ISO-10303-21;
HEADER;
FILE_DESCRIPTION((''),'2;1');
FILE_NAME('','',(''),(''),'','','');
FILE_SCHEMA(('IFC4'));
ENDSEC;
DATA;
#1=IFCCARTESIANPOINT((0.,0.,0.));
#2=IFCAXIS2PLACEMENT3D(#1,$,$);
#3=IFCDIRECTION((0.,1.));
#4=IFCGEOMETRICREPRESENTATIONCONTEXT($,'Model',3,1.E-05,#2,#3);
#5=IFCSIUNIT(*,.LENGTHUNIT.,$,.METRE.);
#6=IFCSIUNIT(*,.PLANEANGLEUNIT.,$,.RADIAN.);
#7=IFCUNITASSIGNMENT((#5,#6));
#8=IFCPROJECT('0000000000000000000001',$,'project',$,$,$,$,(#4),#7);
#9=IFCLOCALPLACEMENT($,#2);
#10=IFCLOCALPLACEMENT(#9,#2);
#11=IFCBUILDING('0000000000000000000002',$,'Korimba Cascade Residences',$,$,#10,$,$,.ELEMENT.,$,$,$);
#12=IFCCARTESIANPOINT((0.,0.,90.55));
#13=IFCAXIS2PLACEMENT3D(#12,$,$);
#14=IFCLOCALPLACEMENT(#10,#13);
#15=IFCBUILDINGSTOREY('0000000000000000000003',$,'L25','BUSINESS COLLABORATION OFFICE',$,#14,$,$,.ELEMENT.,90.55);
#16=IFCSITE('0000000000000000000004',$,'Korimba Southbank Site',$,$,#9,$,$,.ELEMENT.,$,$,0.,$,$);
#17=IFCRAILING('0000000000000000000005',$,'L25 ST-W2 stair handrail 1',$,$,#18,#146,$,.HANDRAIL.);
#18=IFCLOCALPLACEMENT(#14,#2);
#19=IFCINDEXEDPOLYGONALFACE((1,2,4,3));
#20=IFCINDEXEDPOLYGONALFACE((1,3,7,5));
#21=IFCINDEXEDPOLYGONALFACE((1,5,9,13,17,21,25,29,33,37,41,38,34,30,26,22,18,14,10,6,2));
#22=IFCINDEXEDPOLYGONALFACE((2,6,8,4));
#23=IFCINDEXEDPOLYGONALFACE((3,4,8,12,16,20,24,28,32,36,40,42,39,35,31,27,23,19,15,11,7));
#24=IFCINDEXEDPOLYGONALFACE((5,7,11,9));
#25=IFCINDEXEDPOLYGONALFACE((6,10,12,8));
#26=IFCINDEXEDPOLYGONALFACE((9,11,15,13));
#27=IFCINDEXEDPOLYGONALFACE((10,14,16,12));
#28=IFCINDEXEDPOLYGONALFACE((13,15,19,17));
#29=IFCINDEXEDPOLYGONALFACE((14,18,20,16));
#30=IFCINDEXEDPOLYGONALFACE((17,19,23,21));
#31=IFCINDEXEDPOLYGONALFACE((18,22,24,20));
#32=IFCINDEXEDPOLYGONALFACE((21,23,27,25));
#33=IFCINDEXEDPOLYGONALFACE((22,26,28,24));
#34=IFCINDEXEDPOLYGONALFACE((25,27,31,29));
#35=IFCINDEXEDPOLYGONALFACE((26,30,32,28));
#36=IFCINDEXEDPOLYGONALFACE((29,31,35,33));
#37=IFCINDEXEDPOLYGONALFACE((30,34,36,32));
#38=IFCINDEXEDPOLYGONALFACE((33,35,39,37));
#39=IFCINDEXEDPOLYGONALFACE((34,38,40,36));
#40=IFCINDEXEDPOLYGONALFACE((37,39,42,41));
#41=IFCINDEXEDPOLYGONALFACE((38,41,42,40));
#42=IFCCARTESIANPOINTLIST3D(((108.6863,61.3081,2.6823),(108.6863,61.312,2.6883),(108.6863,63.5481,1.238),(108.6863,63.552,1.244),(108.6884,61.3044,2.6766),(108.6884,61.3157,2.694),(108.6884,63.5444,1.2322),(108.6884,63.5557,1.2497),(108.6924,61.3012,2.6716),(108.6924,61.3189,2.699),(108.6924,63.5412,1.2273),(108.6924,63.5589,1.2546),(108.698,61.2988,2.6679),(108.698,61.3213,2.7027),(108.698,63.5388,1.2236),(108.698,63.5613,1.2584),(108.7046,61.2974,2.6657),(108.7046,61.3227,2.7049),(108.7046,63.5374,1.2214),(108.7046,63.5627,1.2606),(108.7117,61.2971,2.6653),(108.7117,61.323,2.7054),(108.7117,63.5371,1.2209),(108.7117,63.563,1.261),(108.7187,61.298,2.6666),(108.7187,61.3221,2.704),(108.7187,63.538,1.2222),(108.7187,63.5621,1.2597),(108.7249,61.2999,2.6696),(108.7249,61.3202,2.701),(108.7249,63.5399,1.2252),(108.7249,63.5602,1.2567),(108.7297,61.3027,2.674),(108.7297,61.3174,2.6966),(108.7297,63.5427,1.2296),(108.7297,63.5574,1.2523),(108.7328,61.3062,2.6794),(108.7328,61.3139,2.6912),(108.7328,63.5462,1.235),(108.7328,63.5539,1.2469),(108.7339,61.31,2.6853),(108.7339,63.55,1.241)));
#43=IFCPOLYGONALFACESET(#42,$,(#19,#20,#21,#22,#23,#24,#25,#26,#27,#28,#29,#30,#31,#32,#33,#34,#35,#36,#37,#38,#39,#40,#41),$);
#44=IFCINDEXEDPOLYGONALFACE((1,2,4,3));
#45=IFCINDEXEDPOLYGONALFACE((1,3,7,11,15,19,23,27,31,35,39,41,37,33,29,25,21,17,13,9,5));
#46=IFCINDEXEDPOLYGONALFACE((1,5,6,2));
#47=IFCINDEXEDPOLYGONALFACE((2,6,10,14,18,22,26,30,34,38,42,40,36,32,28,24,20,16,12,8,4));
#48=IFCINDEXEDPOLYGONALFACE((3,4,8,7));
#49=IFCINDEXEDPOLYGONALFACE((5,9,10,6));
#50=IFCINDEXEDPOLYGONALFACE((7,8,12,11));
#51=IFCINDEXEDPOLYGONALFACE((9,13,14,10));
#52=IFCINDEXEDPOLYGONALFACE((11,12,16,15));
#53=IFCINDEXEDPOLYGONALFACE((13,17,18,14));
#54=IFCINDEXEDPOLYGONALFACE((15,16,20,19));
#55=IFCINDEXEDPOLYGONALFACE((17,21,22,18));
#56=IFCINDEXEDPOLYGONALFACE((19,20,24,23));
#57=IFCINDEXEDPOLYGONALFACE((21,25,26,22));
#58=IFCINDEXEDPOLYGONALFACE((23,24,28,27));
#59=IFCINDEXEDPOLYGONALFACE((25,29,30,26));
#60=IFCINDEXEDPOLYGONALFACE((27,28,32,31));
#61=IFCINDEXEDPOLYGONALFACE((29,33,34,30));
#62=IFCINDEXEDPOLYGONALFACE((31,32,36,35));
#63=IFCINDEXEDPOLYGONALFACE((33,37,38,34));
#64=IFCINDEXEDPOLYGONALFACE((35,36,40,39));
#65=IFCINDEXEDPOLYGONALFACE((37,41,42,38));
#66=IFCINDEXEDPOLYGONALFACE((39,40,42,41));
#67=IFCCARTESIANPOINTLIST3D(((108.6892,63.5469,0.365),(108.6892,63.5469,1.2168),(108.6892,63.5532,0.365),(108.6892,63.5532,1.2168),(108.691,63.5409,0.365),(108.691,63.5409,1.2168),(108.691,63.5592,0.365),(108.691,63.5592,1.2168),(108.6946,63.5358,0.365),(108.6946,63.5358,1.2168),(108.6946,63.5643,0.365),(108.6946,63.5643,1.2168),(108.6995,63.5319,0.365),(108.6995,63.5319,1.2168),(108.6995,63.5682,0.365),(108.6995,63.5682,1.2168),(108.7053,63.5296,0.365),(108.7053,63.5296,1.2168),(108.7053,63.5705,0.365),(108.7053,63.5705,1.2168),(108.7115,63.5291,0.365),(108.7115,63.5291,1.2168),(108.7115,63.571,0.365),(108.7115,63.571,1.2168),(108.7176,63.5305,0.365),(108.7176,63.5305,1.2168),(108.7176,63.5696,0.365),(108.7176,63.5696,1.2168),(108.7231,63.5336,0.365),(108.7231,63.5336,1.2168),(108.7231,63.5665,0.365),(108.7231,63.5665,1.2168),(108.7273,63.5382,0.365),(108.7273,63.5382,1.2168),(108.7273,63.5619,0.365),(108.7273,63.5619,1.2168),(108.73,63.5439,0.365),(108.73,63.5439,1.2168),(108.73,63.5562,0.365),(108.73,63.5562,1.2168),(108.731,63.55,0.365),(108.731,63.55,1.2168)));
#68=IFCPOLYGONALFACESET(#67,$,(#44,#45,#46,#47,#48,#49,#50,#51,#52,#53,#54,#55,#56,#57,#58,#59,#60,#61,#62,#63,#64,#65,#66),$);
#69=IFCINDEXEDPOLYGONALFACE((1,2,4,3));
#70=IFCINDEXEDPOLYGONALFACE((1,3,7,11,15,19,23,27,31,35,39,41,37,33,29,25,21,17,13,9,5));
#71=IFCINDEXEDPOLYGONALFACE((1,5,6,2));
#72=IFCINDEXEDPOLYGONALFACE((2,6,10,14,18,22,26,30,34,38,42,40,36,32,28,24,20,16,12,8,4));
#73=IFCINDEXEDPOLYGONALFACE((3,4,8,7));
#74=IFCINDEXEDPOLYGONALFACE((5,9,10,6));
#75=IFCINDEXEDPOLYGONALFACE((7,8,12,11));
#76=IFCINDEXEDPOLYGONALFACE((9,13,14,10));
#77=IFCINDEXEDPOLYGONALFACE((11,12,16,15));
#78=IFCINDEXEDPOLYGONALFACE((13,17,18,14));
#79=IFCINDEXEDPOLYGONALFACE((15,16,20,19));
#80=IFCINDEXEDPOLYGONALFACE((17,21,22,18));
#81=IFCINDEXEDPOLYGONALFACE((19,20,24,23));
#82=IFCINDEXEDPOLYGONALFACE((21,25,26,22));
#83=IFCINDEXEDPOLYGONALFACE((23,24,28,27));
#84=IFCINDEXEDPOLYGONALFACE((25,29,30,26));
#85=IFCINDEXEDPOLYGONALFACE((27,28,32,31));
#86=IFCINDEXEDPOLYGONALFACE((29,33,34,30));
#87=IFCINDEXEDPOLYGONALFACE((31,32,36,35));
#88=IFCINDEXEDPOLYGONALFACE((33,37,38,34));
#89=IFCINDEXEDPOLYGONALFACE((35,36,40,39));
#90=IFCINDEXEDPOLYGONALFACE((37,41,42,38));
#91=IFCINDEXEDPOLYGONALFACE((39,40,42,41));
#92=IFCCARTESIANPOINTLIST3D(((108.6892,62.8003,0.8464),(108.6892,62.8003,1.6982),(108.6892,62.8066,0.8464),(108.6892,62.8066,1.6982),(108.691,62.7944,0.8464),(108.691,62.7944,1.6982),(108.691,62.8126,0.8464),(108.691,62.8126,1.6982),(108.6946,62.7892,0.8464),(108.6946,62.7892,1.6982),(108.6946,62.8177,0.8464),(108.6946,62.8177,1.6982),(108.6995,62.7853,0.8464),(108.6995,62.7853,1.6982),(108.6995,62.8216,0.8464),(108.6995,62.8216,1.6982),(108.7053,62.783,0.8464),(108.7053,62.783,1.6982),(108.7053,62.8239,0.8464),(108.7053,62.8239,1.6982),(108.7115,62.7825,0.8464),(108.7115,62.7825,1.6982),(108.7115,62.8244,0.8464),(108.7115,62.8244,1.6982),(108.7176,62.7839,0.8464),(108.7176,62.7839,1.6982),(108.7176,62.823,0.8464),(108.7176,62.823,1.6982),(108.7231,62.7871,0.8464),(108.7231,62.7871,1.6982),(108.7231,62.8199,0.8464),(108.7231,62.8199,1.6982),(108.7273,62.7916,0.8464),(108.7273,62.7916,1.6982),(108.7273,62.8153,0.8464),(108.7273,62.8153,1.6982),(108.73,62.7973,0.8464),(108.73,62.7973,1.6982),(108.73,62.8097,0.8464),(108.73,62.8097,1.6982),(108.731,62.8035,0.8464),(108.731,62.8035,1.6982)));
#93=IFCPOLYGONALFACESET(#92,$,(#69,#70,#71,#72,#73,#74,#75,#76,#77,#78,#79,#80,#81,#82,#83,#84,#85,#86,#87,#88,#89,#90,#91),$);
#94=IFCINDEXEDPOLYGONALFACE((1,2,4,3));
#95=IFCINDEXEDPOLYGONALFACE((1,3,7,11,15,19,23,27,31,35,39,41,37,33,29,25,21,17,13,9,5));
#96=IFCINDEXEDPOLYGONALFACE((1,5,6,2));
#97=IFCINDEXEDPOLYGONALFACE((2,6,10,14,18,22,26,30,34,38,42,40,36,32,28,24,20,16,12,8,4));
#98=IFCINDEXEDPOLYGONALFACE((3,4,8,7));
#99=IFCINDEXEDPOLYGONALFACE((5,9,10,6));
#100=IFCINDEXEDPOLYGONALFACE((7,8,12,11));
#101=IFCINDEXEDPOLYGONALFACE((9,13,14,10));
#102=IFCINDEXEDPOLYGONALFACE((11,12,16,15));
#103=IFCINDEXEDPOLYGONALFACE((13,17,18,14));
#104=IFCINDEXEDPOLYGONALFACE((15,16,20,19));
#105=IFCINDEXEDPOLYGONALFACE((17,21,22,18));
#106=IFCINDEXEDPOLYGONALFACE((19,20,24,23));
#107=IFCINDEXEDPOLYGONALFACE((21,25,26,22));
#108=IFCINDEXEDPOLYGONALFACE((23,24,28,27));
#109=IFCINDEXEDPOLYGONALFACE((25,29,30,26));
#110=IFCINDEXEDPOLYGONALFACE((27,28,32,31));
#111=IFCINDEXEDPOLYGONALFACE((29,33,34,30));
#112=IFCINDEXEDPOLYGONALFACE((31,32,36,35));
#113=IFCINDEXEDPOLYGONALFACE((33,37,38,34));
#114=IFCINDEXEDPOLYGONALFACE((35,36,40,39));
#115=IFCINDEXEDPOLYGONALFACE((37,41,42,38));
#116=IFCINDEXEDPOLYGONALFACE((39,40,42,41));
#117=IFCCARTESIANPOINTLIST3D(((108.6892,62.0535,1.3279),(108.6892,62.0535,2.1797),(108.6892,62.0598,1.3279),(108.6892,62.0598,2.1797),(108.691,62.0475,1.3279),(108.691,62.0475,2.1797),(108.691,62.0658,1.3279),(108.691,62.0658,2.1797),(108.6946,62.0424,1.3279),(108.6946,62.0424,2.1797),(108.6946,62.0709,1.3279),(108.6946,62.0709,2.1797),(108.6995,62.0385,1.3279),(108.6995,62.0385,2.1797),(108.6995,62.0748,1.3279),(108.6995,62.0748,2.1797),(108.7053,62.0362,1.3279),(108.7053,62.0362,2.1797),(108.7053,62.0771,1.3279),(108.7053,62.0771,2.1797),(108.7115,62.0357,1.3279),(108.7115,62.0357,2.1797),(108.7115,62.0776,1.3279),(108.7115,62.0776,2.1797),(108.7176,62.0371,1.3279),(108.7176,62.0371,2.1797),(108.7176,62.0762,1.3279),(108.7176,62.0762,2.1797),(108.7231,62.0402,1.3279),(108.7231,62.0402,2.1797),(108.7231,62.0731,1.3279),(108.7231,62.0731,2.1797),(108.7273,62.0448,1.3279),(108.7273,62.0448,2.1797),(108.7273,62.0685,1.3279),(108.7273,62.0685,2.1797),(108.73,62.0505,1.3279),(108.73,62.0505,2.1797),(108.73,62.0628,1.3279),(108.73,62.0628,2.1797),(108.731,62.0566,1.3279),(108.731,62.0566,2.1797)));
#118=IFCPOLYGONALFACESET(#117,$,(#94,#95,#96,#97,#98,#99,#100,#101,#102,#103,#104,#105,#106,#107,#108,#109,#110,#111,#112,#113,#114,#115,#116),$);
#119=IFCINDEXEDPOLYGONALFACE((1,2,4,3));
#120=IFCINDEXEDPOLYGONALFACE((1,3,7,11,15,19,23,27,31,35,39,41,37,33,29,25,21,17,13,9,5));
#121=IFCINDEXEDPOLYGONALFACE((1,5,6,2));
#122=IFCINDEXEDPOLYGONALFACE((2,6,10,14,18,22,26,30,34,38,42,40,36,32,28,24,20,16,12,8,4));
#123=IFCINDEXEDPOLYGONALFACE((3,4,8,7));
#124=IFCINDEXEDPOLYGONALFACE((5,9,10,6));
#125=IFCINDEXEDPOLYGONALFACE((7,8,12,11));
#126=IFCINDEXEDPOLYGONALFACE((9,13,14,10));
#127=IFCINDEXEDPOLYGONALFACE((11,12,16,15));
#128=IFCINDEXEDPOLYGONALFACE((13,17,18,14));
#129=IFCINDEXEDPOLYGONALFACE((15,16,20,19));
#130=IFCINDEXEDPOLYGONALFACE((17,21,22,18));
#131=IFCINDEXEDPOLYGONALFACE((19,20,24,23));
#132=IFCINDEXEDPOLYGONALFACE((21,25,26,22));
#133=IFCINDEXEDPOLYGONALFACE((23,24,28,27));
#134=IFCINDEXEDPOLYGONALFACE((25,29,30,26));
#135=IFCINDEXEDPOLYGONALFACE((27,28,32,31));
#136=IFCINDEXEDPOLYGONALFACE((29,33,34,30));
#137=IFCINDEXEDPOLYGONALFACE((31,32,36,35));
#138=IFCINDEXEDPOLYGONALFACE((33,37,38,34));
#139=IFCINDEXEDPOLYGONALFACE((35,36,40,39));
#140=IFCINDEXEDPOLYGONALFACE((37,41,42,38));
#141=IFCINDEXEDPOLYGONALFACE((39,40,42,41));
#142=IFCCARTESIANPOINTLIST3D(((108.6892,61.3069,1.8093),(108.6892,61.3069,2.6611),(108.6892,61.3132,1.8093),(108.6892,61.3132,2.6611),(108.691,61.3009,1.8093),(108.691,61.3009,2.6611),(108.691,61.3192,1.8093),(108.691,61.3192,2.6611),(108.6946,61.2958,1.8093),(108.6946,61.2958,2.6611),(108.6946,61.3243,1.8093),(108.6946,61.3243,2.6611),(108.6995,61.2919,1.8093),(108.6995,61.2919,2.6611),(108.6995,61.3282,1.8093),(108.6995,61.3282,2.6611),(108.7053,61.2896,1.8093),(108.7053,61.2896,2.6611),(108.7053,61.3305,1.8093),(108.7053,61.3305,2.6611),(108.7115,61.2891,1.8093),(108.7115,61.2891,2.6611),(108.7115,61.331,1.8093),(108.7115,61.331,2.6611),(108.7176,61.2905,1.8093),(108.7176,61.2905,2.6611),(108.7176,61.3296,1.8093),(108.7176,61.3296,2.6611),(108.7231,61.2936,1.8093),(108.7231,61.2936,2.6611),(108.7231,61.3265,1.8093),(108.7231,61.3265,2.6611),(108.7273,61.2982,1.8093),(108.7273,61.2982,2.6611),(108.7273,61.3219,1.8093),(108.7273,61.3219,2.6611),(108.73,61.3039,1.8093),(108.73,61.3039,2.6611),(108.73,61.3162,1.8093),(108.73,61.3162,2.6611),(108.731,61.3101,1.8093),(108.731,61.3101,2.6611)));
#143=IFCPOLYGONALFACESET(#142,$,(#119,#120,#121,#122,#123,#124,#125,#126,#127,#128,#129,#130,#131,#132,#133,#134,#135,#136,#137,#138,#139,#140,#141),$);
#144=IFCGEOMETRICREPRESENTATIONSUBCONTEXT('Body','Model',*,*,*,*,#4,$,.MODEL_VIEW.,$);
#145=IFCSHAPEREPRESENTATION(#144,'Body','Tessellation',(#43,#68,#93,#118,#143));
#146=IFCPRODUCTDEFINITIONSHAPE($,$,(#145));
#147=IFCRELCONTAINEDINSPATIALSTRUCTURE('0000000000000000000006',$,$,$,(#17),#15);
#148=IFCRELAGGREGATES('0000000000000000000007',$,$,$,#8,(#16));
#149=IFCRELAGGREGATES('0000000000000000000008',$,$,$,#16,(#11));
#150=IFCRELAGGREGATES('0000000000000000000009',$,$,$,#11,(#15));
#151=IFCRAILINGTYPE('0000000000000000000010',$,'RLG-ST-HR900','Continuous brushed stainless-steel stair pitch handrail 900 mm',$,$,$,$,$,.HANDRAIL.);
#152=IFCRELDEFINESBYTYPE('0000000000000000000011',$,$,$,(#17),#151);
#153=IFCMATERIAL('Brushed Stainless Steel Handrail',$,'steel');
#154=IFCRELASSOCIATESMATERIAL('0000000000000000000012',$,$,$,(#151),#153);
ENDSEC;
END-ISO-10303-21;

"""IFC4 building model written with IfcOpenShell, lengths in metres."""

from ifc_helpers import new_model, si_unit, direction, frame, origin, origin_2d, place, context, subcontext, project, spatial, circle, extrude, material, type_object, element, save


model = new_model("IFC4")

# Units and contexts
model_context = context("Model", 3, precision=1e-05, world=origin(), true_north=direction((0.0, 1.0)))
body_context = subcontext(model_context, "Body", "Model", "MODEL_VIEW")
ifc_project = project(units=[si_unit("LENGTHUNIT", "METRE"), si_unit("PLANEANGLEUNIT", "RADIAN")], contexts=[model_context])

# Site, building, storey
site_placement = place(None, origin())
site = spatial("IfcSite", under=ifc_project, at=site_placement, Name="Korimba Southbank Site", CompositionType="ELEMENT", RefElevation=0.0)
building_placement = place(site_placement, origin())
building = spatial("IfcBuilding", under=site, at=building_placement, Name="Korimba Cascade Residences", CompositionType="ELEMENT")
storey_placement = place(building_placement, frame((0.0, 0.0, 90.55)))
storey = spatial("IfcBuildingStorey", under=building, at=storey_placement, Name="L25", Description="BUSINESS COLLABORATION OFFICE", CompositionType="ELEMENT", Elevation=90.55)

# Railing
ifc_material_1 = material(Name="Brushed Stainless Steel Handrail", Category="steel")
railing_type_1 = type_object("IfcRailingType", Name="RLG-ST-HR900", Description="Continuous brushed stainless-steel stair pitch handrail 900 mm", PredefinedType="HANDRAIL", material=ifc_material_1)
railing_1_placement = place(storey_placement, frame((108.71, 63.55, 0.365)))
element("IfcRailing", 1, at=railing_1_placement, inside=storey, type_object=railing_type_1, Name="L25 ST-W2 stair handrail 1", PredefinedType="HANDRAIL", context=body_context, shape_type="SweptSolid", body=[
    extrude(circle(Radius=0.0239, at=origin_2d()), frame((0.0, 0.0, 0.876), z_axis=(0.0, -0.840437, 0.54191), x_axis=(1.0, 0.0, 0.0)), (0.0, 0.0, 1.0), 2.6653),
    extrude(circle(Radius=0.021, at=origin_2d()), origin(), (0.0, 0.0, 1.0), 0.8518),
    extrude(circle(Radius=0.021, at=origin_2d()), frame((0.0, -0.7466, 0.4814)), (0.0, 0.0, 1.0), 0.8518),
    extrude(circle(Radius=0.021, at=origin_2d()), frame((0.0, -1.4934, 0.9629)), (0.0, 0.0, 1.0), 0.8518),
    extrude(circle(Radius=0.021, at=origin_2d()), frame((0.0, -2.24, 1.4443)), (0.0, 0.0, 1.0), 0.8518),
])

save(model, "model.ifc")
